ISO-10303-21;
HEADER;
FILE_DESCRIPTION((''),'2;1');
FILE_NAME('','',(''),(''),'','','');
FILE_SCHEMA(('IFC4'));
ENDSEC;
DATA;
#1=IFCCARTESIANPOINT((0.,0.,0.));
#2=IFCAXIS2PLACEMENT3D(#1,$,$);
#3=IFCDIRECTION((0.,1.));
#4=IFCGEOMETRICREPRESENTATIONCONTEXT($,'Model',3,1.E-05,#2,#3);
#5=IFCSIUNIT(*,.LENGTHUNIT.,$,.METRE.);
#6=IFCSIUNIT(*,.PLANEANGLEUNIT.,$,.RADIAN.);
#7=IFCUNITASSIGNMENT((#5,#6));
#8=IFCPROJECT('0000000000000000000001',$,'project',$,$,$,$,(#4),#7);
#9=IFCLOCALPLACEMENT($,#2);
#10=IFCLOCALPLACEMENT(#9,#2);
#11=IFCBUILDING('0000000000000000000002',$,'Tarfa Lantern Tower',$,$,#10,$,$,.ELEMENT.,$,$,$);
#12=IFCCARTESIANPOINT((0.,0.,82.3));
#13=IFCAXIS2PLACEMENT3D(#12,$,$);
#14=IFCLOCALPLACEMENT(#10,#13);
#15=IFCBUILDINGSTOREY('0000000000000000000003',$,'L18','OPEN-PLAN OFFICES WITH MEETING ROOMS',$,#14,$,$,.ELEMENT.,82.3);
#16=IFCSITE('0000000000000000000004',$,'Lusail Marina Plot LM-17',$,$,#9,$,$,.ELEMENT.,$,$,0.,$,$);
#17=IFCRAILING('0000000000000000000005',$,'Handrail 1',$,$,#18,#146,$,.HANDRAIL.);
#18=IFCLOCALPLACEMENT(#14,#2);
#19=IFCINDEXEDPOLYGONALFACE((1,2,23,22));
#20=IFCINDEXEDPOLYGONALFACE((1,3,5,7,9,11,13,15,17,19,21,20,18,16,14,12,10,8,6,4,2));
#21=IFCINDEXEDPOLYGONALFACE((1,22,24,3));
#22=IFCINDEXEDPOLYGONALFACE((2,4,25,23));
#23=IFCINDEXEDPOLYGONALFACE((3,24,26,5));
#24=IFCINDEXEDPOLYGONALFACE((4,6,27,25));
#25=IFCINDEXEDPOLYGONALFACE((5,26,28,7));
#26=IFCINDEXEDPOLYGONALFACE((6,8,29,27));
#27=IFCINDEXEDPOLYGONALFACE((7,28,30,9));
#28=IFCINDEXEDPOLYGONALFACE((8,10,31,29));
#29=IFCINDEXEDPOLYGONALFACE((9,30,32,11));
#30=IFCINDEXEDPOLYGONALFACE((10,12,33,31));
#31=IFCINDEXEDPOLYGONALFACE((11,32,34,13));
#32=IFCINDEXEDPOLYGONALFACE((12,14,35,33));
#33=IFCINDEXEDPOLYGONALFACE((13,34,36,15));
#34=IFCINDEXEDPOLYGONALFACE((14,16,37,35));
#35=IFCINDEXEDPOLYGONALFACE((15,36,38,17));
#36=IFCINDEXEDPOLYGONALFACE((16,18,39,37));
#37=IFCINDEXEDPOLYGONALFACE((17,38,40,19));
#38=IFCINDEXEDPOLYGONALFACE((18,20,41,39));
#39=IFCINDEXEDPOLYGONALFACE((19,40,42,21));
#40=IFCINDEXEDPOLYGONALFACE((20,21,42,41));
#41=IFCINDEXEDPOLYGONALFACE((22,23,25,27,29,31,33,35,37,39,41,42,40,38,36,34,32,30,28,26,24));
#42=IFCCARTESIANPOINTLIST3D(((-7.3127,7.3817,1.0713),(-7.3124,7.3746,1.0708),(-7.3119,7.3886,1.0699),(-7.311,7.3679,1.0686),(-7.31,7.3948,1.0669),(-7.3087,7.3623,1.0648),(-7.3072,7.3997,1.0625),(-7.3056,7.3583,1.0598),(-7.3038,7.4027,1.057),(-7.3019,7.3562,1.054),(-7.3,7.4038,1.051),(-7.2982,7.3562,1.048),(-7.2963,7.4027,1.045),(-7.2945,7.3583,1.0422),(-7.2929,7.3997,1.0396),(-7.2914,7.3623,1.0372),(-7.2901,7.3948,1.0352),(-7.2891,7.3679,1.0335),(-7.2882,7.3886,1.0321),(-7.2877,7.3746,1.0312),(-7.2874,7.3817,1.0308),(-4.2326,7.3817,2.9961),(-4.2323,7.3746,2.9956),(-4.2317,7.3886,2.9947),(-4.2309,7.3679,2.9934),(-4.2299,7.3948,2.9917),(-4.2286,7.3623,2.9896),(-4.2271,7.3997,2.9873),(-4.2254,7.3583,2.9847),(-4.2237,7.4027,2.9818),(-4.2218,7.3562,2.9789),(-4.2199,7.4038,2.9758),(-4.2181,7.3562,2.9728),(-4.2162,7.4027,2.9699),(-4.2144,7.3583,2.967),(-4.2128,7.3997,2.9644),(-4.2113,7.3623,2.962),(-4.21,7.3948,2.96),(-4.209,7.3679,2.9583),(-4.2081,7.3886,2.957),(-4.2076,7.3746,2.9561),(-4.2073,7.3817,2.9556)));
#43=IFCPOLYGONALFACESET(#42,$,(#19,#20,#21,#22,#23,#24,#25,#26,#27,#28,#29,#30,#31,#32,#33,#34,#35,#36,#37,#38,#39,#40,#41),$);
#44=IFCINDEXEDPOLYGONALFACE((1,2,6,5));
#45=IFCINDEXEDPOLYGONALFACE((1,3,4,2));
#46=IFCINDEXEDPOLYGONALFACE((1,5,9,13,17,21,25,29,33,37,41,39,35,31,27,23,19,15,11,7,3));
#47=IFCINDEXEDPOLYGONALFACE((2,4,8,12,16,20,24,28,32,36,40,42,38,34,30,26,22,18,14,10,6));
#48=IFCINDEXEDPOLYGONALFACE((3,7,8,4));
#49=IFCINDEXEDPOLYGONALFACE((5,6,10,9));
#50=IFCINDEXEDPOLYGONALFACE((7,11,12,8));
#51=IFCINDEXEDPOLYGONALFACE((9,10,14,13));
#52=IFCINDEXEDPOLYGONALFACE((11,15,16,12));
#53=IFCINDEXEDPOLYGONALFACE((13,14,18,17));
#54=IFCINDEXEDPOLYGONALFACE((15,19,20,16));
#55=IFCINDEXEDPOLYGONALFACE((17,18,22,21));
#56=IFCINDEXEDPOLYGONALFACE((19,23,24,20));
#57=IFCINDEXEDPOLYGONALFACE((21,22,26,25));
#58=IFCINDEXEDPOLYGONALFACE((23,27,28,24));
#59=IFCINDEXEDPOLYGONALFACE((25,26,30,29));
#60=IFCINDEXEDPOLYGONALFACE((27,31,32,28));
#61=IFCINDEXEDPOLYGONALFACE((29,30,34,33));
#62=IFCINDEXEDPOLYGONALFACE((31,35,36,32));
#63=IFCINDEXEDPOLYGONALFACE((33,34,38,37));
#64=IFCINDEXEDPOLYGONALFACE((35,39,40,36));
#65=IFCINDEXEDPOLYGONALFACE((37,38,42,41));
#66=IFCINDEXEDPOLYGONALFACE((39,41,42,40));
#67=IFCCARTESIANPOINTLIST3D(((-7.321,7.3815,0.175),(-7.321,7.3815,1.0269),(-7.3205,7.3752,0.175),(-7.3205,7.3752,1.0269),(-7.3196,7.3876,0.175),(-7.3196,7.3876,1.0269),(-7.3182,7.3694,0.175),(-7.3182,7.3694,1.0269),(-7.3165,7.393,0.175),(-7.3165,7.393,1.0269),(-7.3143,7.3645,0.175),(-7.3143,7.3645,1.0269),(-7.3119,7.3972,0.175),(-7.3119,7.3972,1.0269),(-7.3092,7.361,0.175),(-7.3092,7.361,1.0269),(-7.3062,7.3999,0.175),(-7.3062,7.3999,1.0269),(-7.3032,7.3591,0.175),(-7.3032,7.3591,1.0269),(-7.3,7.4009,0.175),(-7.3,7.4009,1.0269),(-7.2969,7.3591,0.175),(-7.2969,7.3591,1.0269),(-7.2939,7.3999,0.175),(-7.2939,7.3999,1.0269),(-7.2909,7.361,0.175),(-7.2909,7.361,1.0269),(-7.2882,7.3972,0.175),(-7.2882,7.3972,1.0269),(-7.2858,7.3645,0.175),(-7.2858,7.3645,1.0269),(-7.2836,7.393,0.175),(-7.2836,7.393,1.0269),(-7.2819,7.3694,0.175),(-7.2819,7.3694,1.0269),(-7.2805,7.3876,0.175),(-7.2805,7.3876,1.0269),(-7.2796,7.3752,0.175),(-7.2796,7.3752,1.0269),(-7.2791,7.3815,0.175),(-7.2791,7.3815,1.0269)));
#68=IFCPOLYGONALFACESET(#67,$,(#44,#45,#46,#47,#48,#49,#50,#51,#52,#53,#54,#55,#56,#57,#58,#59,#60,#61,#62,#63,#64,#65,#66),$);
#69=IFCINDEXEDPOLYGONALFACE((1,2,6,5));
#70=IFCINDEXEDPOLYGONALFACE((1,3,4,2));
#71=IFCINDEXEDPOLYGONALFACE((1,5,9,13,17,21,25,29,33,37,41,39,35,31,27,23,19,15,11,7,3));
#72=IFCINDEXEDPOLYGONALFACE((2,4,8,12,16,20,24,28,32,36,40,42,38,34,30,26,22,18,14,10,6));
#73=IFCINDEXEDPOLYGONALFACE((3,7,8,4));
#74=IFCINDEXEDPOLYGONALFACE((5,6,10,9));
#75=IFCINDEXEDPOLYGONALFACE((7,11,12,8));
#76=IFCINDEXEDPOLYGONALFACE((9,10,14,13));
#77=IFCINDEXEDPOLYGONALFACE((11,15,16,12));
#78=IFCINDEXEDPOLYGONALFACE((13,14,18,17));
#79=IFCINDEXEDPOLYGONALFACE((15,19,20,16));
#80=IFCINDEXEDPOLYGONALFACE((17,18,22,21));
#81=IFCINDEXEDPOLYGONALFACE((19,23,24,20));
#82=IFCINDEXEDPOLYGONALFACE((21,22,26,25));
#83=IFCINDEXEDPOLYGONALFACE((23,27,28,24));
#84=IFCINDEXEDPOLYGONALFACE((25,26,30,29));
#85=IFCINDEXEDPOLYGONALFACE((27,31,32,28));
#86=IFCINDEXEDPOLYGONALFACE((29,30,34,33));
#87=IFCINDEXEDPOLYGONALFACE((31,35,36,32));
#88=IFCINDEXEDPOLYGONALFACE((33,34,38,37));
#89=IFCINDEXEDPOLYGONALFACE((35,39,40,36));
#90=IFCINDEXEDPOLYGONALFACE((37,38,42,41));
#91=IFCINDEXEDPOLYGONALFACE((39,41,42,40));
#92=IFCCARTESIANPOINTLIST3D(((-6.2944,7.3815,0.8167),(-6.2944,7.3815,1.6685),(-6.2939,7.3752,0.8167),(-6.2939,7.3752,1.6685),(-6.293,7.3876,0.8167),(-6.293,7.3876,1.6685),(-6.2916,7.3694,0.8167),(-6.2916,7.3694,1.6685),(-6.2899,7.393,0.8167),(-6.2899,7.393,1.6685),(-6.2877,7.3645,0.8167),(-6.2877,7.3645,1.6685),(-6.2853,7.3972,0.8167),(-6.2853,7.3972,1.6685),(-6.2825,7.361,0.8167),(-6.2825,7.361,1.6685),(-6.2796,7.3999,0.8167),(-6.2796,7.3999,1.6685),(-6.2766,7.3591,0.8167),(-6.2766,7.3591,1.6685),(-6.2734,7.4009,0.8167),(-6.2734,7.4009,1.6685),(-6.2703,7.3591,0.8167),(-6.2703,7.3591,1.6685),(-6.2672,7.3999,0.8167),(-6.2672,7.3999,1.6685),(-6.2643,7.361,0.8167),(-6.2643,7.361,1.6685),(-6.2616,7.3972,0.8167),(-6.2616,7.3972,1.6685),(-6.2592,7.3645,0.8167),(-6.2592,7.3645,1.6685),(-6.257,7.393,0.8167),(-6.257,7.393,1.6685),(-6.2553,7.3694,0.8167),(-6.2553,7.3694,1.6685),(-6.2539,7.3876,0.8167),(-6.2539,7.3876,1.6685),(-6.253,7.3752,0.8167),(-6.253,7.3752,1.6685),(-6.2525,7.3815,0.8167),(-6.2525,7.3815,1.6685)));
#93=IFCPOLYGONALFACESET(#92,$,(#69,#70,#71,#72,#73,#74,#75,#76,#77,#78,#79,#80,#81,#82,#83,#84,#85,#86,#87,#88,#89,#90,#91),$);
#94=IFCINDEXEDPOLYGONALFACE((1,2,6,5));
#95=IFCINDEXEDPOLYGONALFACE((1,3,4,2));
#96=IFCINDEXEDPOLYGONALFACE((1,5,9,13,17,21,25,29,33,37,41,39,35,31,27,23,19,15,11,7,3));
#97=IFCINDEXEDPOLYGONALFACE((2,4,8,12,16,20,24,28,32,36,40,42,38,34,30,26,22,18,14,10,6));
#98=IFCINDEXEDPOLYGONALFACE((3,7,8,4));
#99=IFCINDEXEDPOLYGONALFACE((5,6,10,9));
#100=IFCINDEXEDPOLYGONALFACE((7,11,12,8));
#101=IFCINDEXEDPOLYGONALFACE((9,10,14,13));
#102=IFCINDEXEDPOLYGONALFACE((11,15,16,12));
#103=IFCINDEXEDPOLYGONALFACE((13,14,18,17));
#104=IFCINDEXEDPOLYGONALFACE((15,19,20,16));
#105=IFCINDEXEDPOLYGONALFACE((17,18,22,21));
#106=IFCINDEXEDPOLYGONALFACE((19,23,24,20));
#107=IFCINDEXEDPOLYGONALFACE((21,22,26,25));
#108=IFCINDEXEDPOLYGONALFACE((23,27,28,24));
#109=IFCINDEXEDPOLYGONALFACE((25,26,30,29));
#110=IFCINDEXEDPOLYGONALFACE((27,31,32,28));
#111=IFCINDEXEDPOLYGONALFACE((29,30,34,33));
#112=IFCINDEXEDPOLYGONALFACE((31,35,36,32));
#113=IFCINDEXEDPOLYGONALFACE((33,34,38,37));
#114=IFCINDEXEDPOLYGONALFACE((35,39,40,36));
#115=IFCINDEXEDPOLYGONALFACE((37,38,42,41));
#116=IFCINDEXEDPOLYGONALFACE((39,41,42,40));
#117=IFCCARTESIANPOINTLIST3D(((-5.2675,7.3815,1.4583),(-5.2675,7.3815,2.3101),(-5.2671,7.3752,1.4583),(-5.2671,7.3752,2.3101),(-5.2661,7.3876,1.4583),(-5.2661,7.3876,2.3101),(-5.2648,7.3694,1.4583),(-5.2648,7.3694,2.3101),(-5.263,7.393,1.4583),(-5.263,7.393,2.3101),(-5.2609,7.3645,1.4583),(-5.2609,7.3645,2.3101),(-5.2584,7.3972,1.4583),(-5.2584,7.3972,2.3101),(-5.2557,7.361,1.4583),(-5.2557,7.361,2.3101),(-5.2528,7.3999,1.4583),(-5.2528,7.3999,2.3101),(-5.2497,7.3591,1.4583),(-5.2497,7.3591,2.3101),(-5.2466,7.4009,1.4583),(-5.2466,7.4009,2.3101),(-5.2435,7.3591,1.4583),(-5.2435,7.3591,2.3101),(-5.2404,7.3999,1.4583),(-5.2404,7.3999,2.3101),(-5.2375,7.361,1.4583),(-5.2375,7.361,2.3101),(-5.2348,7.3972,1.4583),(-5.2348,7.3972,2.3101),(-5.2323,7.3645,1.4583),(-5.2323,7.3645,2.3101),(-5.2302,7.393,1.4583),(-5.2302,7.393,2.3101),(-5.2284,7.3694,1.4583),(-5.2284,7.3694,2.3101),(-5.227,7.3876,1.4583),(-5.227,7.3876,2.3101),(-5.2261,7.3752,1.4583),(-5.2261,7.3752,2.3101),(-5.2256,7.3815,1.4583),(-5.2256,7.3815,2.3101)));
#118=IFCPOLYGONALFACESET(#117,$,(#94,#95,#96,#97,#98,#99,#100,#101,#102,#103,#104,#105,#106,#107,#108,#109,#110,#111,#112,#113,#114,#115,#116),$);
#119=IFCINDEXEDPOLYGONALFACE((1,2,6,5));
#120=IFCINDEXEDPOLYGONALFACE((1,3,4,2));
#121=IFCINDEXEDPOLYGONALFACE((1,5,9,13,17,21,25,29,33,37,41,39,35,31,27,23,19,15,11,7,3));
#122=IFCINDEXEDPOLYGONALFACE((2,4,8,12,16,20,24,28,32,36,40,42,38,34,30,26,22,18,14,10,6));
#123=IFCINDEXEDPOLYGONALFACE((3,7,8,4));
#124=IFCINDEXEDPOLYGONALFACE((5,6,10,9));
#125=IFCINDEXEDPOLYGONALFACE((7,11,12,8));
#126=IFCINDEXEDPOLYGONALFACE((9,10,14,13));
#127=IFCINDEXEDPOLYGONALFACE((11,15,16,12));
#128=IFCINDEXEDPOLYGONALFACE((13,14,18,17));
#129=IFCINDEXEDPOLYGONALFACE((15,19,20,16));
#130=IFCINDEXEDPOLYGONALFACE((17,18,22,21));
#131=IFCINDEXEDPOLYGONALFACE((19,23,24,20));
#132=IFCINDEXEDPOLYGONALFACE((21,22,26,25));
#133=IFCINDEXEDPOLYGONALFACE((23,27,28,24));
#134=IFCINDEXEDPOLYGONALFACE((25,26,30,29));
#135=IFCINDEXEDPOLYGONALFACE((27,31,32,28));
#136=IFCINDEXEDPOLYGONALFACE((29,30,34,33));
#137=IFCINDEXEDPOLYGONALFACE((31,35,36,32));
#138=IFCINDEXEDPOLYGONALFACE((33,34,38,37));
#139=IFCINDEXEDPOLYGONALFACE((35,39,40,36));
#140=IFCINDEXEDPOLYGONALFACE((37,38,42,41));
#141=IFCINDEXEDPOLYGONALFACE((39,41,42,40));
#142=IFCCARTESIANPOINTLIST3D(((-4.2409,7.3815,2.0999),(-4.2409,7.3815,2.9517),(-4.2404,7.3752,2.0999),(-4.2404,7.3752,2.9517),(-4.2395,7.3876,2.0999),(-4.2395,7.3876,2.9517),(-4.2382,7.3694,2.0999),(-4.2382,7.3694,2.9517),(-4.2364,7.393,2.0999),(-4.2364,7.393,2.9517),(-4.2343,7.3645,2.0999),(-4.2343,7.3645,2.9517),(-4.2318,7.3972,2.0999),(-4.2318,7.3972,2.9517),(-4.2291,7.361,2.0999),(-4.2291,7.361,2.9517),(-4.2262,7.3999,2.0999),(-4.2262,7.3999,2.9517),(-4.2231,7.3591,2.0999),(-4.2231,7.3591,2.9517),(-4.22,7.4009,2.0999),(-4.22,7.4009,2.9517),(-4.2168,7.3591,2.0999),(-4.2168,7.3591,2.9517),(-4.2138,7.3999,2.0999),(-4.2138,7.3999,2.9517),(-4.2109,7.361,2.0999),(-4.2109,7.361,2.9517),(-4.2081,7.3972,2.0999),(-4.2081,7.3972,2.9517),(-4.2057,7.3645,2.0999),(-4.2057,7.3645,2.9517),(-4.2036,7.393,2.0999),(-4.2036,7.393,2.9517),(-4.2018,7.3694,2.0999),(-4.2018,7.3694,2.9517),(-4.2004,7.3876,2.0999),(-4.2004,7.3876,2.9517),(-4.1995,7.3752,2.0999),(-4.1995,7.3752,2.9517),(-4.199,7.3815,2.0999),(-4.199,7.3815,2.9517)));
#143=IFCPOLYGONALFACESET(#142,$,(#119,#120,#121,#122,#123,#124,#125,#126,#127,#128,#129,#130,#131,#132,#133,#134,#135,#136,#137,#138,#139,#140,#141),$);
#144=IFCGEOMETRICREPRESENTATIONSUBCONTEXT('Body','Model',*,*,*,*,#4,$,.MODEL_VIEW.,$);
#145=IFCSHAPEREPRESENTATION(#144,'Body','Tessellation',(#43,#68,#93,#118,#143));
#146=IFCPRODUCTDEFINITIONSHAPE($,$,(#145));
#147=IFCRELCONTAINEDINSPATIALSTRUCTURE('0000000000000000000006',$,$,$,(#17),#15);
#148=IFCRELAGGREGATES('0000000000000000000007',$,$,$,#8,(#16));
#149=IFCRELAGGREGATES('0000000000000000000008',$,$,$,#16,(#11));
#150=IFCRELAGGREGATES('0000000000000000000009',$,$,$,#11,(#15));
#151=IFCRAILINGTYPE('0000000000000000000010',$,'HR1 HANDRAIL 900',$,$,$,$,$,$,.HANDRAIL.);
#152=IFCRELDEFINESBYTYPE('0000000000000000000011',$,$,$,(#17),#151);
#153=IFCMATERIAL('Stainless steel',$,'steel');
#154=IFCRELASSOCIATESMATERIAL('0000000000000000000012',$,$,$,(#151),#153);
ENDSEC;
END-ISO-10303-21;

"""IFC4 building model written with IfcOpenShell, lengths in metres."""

from ifc_helpers import new_model, si_unit, direction, frame, origin, origin_2d, place, context, subcontext, project, spatial, circle, extrude, material, type_object, element, save


model = new_model("IFC4")

# Units and contexts
model_context = context("Model", 3, precision=1e-05, world=origin(), true_north=direction((0.0, 1.0)))
body_context = subcontext(model_context, "Body", "Model", "MODEL_VIEW")
ifc_project = project(units=[si_unit("LENGTHUNIT", "METRE"), si_unit("PLANEANGLEUNIT", "RADIAN")], contexts=[model_context])

# Site, building, storey
site_placement = place(None, origin())
site = spatial("IfcSite", under=ifc_project, at=site_placement, Name="Lusail Marina Plot LM-17", CompositionType="ELEMENT", RefElevation=0.0)
building_placement = place(site_placement, origin())
building = spatial("IfcBuilding", under=site, at=building_placement, Name="Tarfa Lantern Tower", CompositionType="ELEMENT")
storey_placement = place(building_placement, frame((0.0, 0.0, 82.3)))
storey = spatial("IfcBuildingStorey", under=building, at=storey_placement, Name="L18", Description="OPEN-PLAN OFFICES WITH MEETING ROOMS", CompositionType="ELEMENT", Elevation=82.3)

# Railing
ifc_material_1 = material(Name="Stainless steel", Category="steel")
railing_type = type_object("IfcRailingType", Name="HR1 HANDRAIL 900", PredefinedType="HANDRAIL", material=ifc_material_1)
railing_1_placement = place(storey_placement, frame((-7.3, 7.3799, 0.175)))
element("IfcRailing", 1, at=railing_1_placement, inside=storey, type_object=railing_type, Name="Handrail 1", PredefinedType="HANDRAIL", context=body_context, shape_type="SweptSolid", body=[
    extrude(circle(Radius=0.0239, at=origin_2d()), frame((0.0, 0.0, 0.876), z_axis=(0.848029, 0.0, 0.529951), x_axis=(0.0, 1.0, 0.0)), (0.0, 0.0, 1.0), 3.6321),
    extrude(circle(Radius=0.021, at=origin_2d()), frame((0.0, 0.0, 0.0), z_axis=(0.0, 0.0, 1.0), x_axis=(0.0, 1.0, 0.0)), (0.0, 0.0, 1.0), 0.8518),
    extrude(circle(Radius=0.021, at=origin_2d()), frame((1.0266, 0.0, 0.6416), z_axis=(0.0, 0.0, 1.0), x_axis=(0.0, 1.0, 0.0)), (0.0, 0.0, 1.0), 0.8518),
    extrude(circle(Radius=0.021, at=origin_2d()), frame((2.0535, 0.0, 1.2832), z_axis=(0.0, 0.0, 1.0), x_axis=(0.0, 1.0, 0.0)), (0.0, 0.0, 1.0), 0.8518),
    extrude(circle(Radius=0.021, at=origin_2d()), frame((3.0801, 0.0, 1.9248), z_axis=(0.0, 0.0, 1.0), x_axis=(0.0, 1.0, 0.0)), (0.0, 0.0, 1.0), 0.8518),
])

save(model, "model.ifc")
